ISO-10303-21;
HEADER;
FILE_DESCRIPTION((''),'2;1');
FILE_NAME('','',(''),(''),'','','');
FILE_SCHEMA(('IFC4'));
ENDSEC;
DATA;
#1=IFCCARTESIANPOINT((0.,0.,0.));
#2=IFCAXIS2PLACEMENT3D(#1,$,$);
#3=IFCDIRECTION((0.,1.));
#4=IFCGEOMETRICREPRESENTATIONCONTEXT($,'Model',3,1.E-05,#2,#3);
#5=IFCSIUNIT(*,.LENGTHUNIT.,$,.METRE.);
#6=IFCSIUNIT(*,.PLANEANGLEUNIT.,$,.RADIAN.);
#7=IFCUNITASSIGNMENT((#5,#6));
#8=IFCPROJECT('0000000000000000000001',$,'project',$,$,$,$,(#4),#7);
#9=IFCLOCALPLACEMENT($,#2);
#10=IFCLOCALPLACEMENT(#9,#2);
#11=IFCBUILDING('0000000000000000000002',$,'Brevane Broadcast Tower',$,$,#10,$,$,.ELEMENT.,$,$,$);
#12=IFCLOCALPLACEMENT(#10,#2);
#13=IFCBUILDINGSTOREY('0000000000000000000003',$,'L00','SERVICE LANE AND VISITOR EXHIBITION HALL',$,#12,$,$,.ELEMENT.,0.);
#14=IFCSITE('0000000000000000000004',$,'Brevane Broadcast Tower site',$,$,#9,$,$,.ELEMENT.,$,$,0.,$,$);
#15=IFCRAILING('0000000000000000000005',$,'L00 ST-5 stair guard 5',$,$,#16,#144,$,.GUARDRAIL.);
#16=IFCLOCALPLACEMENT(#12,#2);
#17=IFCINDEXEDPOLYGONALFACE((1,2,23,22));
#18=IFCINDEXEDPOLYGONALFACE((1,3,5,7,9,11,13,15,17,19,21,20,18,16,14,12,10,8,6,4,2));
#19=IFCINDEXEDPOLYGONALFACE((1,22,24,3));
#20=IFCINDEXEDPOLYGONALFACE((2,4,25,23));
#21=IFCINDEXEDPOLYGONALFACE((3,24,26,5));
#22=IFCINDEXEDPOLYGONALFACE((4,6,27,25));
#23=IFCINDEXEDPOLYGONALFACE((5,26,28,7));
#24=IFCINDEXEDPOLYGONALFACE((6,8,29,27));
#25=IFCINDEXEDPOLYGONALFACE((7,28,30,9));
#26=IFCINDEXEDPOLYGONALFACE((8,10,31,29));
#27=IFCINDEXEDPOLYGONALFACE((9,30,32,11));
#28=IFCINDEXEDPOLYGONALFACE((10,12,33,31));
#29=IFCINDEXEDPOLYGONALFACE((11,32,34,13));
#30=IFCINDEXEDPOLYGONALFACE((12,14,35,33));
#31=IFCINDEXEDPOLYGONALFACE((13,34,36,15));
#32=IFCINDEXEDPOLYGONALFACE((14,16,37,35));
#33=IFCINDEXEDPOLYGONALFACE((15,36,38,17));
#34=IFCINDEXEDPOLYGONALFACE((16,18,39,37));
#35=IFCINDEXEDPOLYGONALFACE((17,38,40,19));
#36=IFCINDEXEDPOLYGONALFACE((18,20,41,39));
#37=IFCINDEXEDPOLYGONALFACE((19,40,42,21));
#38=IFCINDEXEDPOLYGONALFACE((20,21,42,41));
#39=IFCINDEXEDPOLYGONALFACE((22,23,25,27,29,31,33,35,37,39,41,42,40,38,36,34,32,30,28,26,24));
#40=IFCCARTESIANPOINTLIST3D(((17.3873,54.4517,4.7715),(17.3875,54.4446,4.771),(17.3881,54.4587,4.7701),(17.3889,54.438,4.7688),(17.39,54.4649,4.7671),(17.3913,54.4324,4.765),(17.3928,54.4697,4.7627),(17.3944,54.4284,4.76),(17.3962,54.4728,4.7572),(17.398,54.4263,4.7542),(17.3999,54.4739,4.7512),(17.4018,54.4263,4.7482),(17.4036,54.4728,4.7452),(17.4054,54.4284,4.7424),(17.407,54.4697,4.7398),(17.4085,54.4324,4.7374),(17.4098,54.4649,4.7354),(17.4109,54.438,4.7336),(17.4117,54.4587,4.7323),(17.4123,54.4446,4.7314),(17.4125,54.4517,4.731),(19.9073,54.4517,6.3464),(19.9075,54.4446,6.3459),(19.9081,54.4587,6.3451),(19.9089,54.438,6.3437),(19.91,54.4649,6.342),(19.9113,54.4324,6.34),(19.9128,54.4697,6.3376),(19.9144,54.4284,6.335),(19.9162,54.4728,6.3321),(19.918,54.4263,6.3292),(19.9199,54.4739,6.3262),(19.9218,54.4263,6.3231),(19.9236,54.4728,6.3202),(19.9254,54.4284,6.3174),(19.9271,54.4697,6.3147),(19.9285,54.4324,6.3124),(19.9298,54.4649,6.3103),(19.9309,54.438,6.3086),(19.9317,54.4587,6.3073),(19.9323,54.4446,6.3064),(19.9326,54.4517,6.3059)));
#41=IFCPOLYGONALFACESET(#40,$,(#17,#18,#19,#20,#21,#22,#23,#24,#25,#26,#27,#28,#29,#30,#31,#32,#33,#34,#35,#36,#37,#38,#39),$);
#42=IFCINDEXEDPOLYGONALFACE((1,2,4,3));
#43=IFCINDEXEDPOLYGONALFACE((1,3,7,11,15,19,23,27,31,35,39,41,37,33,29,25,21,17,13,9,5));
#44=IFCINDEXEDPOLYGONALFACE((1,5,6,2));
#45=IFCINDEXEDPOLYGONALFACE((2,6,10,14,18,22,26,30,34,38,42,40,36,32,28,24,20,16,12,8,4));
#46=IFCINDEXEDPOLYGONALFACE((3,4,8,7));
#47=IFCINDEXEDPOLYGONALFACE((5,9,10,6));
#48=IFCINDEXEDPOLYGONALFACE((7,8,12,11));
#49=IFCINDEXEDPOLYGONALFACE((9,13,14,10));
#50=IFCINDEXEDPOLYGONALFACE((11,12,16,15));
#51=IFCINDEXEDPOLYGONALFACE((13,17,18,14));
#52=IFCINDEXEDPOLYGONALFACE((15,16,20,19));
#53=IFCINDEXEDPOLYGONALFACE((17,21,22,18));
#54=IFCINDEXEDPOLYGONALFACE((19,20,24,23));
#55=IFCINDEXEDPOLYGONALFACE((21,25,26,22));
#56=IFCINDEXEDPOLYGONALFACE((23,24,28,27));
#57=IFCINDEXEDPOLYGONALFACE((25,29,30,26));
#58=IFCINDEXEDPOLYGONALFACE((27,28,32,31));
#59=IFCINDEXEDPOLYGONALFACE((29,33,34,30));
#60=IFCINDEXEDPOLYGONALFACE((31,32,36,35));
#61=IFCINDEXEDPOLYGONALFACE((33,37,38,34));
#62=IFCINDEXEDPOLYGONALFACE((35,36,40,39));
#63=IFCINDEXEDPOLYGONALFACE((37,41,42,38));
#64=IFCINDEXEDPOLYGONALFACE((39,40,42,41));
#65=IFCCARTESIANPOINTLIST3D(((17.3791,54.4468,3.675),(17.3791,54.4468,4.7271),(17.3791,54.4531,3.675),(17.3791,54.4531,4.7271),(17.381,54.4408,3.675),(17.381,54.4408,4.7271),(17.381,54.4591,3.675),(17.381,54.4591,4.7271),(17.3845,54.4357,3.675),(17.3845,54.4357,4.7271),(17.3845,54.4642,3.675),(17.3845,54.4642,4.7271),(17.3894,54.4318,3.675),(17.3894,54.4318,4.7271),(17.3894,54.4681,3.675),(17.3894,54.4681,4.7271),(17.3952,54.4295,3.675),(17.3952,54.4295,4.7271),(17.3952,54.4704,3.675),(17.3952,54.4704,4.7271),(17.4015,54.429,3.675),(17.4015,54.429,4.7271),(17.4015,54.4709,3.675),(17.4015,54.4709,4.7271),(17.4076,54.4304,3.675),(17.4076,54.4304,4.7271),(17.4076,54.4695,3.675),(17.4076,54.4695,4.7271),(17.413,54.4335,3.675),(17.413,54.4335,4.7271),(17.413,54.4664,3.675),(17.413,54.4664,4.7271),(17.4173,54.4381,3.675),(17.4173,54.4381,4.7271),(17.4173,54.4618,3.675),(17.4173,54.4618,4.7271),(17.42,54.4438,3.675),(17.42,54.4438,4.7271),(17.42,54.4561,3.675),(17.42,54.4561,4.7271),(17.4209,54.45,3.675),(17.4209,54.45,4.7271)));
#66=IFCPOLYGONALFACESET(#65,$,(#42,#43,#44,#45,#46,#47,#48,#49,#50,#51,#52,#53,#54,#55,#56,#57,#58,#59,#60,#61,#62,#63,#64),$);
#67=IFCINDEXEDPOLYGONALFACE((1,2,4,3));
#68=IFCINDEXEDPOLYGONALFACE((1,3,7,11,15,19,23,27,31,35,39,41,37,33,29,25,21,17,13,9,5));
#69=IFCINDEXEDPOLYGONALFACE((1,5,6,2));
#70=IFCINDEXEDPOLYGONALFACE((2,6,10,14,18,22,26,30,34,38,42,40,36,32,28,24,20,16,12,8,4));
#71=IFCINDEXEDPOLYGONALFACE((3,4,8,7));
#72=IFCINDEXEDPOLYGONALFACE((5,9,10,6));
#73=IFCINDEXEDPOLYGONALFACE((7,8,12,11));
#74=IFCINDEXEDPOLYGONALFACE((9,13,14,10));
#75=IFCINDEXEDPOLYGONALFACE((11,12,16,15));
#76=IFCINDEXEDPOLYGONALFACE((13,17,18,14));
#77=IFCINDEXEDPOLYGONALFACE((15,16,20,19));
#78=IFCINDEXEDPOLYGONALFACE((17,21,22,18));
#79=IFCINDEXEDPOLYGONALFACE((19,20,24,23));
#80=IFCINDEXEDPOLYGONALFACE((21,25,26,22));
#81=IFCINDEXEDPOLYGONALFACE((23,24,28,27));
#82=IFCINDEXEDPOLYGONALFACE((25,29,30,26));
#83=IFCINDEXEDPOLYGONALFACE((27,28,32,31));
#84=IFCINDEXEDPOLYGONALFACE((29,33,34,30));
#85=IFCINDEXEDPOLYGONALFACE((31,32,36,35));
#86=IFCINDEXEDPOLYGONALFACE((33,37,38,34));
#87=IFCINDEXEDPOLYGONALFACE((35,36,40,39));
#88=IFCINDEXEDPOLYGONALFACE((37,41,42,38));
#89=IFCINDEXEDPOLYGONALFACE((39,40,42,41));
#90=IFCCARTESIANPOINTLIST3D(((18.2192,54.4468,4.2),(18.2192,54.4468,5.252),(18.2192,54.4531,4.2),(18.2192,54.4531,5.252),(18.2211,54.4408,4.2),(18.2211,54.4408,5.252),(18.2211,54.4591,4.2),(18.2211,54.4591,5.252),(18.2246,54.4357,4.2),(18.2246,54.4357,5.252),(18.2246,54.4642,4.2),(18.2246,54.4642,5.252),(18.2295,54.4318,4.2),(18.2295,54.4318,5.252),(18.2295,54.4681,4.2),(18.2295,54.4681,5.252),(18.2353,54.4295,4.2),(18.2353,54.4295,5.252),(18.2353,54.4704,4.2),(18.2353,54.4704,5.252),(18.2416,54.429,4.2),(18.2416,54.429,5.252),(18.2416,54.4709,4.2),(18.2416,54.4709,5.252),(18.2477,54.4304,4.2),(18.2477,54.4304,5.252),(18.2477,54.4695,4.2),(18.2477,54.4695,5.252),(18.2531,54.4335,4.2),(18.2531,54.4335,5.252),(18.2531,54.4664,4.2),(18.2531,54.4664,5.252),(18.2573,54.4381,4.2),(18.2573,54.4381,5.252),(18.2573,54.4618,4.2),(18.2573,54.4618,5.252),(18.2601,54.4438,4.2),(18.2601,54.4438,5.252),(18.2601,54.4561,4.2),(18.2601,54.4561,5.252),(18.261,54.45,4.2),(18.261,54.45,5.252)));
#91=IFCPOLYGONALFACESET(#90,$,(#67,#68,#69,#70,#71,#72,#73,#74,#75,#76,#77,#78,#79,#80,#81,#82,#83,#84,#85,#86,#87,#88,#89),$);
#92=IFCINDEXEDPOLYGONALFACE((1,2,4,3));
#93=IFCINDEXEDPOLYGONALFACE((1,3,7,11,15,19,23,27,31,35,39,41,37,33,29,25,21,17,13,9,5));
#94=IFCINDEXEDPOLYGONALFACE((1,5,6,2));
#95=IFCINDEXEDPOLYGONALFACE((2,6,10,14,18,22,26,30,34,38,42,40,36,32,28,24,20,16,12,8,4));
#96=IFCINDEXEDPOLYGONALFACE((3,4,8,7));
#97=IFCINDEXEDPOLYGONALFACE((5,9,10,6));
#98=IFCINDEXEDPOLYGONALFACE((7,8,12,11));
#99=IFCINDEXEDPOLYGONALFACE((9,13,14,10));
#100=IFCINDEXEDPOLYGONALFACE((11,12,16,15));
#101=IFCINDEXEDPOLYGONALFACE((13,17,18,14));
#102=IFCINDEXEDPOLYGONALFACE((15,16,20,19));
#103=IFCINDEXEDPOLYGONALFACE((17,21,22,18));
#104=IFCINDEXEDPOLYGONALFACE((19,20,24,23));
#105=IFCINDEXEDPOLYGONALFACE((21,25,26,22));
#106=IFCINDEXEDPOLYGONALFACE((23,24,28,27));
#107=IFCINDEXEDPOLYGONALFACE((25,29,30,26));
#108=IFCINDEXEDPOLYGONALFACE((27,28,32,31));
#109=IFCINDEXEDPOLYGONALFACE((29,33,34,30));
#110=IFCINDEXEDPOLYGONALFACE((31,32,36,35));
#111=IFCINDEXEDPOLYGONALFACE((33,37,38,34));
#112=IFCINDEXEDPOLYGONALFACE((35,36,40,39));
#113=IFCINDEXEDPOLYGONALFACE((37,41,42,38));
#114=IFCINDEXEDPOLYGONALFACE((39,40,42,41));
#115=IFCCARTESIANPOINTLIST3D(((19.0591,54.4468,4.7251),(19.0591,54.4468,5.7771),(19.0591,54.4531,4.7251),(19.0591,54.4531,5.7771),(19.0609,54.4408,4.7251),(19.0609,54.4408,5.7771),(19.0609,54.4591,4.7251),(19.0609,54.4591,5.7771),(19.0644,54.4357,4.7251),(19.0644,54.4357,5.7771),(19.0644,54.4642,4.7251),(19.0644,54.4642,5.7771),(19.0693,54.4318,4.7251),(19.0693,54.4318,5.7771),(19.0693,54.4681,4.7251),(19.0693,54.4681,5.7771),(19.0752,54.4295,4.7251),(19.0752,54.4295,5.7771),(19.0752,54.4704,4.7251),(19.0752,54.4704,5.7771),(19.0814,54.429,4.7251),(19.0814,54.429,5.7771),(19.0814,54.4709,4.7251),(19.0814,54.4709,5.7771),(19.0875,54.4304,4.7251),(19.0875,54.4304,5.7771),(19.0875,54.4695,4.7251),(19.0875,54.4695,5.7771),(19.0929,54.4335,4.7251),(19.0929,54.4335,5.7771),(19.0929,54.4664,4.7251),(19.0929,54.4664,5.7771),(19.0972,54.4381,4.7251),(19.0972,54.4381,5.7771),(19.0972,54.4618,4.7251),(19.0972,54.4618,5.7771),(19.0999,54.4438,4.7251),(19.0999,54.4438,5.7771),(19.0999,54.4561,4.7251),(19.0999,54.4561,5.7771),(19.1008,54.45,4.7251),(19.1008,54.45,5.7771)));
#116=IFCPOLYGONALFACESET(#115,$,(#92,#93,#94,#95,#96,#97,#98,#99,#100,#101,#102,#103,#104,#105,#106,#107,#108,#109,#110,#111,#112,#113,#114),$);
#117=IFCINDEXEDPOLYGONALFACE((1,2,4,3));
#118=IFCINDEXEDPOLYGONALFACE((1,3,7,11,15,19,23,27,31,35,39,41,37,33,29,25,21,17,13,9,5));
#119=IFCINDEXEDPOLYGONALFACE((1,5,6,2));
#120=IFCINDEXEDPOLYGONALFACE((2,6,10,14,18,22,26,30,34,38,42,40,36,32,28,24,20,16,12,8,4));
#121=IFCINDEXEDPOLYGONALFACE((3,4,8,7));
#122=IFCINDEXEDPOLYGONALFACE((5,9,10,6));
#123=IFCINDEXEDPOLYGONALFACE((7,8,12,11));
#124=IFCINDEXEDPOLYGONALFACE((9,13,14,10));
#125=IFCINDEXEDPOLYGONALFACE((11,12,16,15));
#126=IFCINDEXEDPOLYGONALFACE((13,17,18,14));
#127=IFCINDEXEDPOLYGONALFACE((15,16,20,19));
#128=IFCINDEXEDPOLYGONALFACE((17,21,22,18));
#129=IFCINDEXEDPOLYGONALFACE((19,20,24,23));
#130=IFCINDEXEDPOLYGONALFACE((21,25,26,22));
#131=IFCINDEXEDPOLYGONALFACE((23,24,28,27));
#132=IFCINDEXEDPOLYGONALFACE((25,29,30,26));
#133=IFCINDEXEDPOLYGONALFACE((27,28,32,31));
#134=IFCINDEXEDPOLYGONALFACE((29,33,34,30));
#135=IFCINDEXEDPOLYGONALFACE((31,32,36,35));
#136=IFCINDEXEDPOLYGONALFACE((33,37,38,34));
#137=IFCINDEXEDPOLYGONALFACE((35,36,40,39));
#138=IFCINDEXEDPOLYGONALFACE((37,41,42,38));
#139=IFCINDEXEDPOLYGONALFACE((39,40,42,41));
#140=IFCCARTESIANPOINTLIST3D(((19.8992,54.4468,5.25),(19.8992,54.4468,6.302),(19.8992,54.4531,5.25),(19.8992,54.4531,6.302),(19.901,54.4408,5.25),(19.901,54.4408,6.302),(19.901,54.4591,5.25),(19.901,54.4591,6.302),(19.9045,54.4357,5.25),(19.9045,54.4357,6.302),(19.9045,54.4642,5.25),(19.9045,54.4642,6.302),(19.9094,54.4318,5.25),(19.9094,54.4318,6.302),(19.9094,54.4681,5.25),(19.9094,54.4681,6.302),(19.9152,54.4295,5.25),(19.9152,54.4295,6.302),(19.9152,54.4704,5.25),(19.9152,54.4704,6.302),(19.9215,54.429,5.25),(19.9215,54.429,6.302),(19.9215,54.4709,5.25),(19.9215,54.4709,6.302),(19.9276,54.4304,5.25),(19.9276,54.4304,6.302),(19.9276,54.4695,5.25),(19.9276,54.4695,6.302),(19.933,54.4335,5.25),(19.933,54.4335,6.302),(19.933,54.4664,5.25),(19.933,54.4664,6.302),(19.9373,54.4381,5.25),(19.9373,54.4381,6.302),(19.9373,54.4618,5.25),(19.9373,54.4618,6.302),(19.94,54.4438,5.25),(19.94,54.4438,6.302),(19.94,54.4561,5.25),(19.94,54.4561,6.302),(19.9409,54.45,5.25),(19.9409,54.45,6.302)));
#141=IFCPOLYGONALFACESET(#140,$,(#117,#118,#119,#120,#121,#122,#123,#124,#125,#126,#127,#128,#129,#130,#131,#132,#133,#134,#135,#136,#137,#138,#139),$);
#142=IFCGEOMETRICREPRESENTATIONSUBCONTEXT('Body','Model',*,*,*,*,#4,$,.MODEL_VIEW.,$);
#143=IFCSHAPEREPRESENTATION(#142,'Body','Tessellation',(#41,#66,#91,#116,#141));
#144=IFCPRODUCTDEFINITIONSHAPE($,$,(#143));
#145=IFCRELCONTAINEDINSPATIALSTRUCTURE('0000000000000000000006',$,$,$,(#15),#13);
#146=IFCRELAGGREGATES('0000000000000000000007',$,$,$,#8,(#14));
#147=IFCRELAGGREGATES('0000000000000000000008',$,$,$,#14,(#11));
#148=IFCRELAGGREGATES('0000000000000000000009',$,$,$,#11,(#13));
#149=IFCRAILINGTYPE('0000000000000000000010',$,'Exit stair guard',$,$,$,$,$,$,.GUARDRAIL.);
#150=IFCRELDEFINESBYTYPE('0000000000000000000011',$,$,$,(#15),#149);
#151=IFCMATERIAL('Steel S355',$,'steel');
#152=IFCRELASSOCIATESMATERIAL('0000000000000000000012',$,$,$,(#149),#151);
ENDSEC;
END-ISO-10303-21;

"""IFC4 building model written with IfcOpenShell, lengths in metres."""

from ifc_helpers import new_model, si_unit, direction, frame, origin, origin_2d, place, context, subcontext, project, spatial, circle, extrude, material, type_object, element, save


model = new_model("IFC4")

# Units and contexts
model_context = context("Model", 3, precision=1e-05, world=origin(), true_north=direction((0.0, 1.0)))
body_context = subcontext(model_context, "Body", "Model", "MODEL_VIEW")
ifc_project = project(units=[si_unit("LENGTHUNIT", "METRE"), si_unit("PLANEANGLEUNIT", "RADIAN")], contexts=[model_context])

# Site, building, storey
site_placement = place(None, origin())
site = spatial("IfcSite", under=ifc_project, at=site_placement, Name="Brevane Broadcast Tower site", CompositionType="ELEMENT", RefElevation=0.0)
building_placement = place(site_placement, origin())
building = spatial("IfcBuilding", under=site, at=building_placement, Name="Brevane Broadcast Tower", CompositionType="ELEMENT")
storey_placement = place(building_placement, origin())
storey = spatial("IfcBuildingStorey", under=building, at=storey_placement, Name="L00", Description="SERVICE LANE AND VISITOR EXHIBITION HALL", CompositionType="ELEMENT", Elevation=0.0)

# Railing
ifc_material_1 = material(Name="Steel S355", Category="steel")
railing_type_1 = type_object("IfcRailingType", Name="Exit stair guard", PredefinedType="GUARDRAIL", material=ifc_material_1)
railing_1_placement = place(storey_placement, frame((17.3999, 54.45, 3.675)))
element("IfcRailing", 1, at=railing_1_placement, inside=storey, type_object=railing_type_1, Name="L00 ST-5 stair guard 5", PredefinedType="GUARDRAIL", context=body_context, shape_type="SweptSolid", body=[
    extrude(circle(Radius=0.0239, at=origin_2d()), frame((0.0, 0.0, 1.0762), z_axis=(0.848008, 0.0, 0.529984), x_axis=(0.0, 1.0, 0.0)), (0.0, 0.0, 1.0), 2.9717),
    extrude(circle(Radius=0.021, at=origin_2d()), origin(), (0.0, 0.0, 1.0), 1.052),
    extrude(circle(Radius=0.021, at=origin_2d()), frame((0.8401, 0.0, 0.5249)), (0.0, 0.0, 1.0), 1.052),
    extrude(circle(Radius=0.021, at=origin_2d()), frame((1.6799, 0.0, 1.05)), (0.0, 0.0, 1.0), 1.052),
    extrude(circle(Radius=0.021, at=origin_2d()), frame((2.52, 0.0, 1.575)), (0.0, 0.0, 1.0), 1.052),
])

save(model, "model.ifc")
